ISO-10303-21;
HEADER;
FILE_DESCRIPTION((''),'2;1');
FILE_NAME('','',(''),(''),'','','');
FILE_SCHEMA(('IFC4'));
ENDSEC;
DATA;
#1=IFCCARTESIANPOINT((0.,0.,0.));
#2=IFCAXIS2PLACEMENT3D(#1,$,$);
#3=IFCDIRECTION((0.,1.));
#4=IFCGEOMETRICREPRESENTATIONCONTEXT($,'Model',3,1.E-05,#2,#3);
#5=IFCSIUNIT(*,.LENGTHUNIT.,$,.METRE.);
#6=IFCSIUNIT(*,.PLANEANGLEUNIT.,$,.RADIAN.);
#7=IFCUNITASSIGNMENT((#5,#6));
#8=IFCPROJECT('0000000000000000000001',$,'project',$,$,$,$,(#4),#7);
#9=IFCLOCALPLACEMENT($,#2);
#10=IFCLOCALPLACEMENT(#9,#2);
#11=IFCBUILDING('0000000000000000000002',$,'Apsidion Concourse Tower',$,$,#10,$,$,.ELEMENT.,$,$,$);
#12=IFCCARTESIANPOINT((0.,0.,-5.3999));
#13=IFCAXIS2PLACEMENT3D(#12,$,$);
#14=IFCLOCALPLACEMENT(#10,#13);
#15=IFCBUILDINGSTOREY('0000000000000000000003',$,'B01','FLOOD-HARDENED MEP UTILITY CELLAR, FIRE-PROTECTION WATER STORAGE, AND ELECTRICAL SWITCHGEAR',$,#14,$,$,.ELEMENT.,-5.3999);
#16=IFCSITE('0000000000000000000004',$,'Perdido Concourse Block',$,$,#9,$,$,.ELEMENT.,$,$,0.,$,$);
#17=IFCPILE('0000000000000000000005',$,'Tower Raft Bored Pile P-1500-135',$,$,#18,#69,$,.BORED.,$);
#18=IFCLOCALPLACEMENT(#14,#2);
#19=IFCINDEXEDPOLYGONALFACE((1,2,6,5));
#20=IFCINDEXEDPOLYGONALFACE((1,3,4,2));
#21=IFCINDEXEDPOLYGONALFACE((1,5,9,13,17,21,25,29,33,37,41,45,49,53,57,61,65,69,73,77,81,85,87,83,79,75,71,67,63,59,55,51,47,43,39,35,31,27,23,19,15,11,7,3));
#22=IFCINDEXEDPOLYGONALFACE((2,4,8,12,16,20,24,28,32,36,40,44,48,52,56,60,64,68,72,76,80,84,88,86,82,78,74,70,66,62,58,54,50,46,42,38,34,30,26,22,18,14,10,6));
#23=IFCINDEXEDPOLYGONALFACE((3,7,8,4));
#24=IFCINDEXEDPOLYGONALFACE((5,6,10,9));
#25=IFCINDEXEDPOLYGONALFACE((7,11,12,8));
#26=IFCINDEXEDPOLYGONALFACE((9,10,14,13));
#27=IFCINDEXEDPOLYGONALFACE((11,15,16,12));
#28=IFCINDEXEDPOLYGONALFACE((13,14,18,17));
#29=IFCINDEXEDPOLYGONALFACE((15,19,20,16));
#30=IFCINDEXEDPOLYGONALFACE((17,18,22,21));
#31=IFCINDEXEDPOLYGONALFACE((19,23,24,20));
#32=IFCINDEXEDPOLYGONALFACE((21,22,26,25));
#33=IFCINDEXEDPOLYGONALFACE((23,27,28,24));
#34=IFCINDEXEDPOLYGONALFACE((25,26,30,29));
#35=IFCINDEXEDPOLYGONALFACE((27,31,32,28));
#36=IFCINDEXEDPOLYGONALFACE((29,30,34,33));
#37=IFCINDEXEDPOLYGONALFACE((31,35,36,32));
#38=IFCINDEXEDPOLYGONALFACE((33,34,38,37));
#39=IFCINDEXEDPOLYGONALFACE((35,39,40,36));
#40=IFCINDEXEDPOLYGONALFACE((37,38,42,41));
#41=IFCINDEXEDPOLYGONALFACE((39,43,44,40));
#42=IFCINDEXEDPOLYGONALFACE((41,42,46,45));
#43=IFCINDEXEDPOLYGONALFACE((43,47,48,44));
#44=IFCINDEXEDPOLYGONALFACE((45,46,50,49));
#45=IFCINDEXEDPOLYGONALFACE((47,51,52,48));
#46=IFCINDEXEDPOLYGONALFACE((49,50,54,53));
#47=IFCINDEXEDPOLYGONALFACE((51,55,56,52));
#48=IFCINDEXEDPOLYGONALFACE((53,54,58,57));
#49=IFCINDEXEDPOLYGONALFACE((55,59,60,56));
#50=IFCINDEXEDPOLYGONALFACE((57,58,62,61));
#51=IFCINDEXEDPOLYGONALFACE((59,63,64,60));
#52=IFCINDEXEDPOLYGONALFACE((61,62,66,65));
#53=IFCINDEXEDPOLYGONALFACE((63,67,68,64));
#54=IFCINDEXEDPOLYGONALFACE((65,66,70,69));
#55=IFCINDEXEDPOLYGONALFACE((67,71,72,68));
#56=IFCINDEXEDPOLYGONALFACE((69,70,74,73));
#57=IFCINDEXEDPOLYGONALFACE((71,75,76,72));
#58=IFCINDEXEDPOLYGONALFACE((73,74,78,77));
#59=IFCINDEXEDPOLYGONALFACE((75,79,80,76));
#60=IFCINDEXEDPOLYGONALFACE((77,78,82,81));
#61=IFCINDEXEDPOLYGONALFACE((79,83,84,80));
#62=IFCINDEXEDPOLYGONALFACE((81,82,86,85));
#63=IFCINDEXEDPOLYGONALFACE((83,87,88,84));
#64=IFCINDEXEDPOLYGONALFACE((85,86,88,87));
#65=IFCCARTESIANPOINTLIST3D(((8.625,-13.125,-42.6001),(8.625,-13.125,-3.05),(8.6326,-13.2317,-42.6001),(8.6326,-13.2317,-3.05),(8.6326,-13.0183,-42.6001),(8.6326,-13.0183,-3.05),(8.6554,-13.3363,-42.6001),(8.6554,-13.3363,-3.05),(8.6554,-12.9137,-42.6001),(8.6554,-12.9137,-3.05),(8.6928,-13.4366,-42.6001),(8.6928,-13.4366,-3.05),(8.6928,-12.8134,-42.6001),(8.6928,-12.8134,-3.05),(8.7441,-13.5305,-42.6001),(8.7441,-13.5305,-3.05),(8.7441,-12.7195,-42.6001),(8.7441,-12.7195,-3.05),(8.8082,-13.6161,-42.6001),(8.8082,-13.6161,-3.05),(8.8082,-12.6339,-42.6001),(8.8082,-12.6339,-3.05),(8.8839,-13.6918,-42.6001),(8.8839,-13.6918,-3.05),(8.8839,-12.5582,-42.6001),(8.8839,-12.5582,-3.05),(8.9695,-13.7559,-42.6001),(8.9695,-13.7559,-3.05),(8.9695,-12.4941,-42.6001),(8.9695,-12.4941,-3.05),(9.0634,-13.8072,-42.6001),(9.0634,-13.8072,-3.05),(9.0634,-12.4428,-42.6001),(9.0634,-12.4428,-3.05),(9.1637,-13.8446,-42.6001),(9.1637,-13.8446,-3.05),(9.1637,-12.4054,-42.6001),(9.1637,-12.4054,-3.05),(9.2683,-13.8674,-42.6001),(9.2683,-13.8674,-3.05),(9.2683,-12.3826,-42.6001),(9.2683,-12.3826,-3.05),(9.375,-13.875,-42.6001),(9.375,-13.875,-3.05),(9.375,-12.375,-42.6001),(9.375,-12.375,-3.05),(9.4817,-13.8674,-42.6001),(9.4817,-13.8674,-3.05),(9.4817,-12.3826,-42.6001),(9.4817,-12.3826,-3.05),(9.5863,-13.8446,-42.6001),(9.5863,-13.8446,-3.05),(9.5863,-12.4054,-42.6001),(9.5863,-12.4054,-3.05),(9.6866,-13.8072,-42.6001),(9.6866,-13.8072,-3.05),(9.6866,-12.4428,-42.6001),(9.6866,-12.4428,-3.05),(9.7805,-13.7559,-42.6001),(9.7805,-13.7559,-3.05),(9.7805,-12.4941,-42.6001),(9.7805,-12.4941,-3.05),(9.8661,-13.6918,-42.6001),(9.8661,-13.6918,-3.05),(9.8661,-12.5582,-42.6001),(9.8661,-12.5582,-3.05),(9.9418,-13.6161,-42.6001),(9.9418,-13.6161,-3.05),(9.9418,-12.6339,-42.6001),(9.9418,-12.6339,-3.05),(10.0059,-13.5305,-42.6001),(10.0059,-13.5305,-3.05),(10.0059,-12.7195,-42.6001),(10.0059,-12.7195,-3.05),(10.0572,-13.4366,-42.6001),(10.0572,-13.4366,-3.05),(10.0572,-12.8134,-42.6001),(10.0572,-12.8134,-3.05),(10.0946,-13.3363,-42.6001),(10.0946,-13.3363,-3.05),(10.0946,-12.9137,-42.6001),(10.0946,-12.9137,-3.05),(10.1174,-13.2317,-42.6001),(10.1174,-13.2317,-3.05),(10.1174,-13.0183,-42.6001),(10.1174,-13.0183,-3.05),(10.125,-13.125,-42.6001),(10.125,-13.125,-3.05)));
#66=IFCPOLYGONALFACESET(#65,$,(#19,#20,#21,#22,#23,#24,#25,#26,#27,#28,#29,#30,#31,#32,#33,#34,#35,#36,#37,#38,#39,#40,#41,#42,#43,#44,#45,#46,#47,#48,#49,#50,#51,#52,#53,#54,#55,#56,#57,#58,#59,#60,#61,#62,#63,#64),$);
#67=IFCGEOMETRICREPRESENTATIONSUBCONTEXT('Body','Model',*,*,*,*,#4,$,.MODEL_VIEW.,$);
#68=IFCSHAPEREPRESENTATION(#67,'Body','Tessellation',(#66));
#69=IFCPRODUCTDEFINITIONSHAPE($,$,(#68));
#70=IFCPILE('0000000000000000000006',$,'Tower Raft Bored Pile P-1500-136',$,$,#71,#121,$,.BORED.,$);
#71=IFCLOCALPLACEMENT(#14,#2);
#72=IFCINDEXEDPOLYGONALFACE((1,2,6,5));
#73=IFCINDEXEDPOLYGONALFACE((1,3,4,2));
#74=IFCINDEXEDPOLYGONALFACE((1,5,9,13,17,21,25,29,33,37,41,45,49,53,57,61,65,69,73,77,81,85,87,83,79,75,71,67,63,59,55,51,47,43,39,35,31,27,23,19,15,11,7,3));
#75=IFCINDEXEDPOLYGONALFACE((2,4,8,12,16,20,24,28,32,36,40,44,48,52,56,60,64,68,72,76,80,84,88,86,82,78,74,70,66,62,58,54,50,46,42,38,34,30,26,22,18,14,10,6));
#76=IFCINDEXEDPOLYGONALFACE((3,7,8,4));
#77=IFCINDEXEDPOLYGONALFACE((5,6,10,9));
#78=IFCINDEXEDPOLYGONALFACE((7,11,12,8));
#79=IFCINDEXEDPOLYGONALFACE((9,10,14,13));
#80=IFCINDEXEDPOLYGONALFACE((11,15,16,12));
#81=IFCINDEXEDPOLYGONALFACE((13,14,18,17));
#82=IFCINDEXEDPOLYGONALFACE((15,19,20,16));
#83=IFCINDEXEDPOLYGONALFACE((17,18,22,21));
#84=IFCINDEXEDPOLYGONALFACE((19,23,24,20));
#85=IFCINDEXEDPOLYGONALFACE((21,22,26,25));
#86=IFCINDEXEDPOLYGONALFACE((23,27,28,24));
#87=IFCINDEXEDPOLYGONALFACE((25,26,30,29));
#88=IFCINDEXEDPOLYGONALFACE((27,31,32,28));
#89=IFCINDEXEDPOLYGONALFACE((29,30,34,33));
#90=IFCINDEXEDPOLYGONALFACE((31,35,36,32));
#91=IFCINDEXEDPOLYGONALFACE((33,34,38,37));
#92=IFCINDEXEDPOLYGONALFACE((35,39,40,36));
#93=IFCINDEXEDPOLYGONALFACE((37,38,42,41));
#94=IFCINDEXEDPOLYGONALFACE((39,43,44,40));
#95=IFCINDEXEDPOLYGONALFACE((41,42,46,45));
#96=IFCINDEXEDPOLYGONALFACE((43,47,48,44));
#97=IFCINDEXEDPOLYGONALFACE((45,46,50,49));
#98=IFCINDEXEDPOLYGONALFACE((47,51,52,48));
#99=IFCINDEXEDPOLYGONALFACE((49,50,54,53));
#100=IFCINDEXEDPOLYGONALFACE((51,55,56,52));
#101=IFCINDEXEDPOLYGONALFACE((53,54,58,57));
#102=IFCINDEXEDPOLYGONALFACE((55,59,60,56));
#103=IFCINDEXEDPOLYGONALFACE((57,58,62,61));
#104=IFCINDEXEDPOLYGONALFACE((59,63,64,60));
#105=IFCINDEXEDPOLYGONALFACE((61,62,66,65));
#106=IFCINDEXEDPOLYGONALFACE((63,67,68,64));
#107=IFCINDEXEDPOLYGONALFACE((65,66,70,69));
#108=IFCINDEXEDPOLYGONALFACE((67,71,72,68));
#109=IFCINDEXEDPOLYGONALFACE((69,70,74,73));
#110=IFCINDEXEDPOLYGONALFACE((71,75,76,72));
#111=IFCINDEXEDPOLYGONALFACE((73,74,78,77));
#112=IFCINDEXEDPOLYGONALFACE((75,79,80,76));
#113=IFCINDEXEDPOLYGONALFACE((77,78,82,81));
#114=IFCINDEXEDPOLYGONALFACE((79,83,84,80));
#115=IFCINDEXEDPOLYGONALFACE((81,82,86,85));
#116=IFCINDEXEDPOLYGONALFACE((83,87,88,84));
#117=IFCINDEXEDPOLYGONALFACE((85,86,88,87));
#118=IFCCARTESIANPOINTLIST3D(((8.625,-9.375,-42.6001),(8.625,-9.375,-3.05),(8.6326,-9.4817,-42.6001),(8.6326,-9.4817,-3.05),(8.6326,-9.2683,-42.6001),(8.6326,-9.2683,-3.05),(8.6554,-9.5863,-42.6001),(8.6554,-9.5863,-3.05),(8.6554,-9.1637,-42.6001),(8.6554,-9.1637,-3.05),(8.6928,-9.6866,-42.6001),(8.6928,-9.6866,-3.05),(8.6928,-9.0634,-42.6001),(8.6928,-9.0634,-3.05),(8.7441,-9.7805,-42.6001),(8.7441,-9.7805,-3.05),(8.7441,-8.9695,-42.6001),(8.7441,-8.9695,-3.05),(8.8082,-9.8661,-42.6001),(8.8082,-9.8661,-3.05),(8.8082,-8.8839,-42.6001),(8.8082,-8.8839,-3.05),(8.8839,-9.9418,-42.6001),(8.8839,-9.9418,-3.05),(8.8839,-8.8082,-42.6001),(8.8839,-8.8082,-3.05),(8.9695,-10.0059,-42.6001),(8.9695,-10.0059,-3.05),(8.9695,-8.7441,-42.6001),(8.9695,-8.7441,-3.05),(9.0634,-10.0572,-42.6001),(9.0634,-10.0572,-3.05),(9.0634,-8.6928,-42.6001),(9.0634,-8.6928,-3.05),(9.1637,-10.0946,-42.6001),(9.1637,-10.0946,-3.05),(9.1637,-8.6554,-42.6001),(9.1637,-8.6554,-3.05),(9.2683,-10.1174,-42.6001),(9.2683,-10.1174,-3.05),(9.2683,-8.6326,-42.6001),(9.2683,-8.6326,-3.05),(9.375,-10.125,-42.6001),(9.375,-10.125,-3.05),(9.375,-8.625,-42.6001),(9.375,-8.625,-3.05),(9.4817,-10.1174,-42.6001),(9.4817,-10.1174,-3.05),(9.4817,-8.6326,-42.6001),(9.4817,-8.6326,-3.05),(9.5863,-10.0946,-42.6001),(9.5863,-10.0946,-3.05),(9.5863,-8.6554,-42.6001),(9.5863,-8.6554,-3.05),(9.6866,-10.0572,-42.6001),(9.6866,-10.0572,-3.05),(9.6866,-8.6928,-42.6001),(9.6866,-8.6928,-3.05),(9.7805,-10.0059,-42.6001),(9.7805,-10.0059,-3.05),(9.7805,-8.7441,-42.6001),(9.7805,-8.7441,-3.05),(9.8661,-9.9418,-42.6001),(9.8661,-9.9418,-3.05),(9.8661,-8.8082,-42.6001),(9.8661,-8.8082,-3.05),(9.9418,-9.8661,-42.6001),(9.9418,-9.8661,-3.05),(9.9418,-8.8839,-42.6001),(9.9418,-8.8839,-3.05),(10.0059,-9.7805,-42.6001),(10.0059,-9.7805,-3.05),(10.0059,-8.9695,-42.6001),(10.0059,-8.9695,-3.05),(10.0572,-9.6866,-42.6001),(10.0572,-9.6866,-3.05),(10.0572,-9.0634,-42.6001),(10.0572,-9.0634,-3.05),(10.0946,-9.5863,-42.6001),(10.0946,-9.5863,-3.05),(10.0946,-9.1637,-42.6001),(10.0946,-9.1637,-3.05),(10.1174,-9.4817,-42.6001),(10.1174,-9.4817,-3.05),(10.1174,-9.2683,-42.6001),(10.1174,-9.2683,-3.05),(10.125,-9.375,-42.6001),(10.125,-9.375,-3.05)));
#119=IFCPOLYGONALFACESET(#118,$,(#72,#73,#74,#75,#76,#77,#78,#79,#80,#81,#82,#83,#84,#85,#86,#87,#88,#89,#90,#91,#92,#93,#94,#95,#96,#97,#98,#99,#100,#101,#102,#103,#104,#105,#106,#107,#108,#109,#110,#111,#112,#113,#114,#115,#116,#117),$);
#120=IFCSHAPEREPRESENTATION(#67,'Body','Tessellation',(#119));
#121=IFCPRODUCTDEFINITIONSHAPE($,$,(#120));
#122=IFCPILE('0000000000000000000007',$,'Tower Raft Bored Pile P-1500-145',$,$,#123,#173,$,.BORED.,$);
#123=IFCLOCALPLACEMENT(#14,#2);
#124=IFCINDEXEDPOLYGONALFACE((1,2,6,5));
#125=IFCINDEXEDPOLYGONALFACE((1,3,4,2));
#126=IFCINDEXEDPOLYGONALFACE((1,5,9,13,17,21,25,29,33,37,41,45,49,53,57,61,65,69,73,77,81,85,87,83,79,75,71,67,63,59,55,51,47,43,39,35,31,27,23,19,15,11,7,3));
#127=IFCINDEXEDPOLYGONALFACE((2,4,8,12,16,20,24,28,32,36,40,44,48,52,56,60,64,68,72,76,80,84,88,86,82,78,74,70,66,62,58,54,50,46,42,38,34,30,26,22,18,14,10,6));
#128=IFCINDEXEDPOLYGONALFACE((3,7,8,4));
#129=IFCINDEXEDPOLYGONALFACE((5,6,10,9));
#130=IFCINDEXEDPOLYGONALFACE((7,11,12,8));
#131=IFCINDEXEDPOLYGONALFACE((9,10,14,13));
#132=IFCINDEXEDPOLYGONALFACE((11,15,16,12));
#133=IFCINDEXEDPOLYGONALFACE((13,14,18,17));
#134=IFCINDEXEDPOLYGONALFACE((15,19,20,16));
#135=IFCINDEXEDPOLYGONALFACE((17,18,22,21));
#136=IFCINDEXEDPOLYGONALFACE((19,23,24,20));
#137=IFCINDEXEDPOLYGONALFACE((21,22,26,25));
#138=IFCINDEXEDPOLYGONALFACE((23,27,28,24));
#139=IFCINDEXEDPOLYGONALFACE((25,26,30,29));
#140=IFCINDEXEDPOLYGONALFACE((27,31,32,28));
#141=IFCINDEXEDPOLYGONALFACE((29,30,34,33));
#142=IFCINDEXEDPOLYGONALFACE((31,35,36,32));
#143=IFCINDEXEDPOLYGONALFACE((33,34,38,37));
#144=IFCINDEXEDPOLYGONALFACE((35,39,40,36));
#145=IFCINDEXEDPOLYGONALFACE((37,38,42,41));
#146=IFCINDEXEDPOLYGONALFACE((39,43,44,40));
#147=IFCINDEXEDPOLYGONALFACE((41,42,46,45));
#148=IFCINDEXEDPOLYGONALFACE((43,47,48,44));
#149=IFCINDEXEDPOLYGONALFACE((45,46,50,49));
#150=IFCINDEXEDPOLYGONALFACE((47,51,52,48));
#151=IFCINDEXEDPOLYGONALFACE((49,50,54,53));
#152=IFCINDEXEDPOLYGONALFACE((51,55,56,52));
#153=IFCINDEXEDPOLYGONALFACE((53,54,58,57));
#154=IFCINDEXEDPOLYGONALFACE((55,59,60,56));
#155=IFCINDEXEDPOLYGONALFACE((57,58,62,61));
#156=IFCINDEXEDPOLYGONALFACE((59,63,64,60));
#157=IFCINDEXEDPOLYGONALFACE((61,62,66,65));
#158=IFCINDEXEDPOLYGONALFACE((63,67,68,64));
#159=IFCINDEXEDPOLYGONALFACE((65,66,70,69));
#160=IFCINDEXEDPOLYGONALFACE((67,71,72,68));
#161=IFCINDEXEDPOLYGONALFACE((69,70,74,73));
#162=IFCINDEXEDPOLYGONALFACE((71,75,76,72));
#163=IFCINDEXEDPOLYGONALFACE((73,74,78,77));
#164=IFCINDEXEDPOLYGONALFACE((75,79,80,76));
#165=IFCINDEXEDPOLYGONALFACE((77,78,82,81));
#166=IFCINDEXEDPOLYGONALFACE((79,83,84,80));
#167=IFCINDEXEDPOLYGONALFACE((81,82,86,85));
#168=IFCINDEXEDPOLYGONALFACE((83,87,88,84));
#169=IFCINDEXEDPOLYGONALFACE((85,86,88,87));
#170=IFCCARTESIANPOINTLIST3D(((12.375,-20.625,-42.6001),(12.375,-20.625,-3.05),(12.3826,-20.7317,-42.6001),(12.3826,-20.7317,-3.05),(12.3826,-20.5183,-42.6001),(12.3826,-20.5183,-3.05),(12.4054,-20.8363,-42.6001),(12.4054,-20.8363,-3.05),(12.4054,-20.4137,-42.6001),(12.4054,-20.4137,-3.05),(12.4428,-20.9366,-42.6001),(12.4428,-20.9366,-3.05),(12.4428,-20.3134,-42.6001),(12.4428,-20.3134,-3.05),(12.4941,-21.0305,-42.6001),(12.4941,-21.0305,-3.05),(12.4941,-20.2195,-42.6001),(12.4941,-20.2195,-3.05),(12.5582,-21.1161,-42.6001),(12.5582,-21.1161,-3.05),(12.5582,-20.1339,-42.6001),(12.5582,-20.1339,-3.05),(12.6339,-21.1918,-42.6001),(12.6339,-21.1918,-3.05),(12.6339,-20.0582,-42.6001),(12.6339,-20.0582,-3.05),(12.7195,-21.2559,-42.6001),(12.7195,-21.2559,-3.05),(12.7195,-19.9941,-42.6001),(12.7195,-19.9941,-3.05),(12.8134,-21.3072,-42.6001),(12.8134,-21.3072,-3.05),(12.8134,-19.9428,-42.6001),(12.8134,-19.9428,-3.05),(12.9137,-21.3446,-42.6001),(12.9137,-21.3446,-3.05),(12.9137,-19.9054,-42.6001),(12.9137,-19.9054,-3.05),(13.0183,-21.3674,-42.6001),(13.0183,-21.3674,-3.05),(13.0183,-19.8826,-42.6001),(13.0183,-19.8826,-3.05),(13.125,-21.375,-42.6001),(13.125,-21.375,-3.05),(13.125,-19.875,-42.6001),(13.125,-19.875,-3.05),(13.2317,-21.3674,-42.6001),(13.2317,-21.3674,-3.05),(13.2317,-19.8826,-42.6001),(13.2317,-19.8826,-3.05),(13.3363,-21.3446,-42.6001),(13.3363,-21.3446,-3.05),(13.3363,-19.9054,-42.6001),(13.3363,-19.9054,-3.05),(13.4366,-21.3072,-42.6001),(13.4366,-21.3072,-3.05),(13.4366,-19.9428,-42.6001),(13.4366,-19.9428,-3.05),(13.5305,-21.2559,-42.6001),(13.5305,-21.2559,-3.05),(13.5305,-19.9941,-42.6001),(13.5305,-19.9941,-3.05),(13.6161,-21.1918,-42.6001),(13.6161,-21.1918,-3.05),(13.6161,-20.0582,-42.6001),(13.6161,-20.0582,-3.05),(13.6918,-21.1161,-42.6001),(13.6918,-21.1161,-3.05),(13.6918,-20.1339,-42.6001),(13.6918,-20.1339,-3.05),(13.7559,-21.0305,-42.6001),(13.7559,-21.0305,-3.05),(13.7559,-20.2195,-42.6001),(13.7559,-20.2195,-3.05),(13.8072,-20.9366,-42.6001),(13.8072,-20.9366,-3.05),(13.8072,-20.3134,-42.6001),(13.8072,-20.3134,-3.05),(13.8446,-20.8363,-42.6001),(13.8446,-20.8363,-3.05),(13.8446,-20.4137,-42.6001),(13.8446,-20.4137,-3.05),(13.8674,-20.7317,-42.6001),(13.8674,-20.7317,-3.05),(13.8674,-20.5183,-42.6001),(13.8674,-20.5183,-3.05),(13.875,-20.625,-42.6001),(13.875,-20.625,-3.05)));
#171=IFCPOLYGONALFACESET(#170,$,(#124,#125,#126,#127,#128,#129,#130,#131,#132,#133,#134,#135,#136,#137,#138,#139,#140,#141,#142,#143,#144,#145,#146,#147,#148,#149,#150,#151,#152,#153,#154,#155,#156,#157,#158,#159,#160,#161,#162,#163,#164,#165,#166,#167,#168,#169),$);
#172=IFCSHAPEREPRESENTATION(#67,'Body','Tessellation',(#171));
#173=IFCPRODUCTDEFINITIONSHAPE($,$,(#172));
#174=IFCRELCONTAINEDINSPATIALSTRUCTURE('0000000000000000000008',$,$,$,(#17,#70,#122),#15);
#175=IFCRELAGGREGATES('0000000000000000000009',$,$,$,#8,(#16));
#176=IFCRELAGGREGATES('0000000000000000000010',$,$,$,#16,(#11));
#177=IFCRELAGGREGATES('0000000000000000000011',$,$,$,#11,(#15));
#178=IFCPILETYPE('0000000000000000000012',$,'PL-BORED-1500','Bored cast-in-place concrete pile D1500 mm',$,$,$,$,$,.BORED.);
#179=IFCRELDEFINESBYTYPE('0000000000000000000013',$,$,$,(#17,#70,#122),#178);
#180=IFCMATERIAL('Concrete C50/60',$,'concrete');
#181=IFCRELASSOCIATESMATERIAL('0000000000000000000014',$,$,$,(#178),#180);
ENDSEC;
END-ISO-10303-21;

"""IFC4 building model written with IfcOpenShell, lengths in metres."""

from ifc_helpers import new_model, si_unit, direction, frame, origin, origin_2d, place, context, subcontext, project, spatial, circle, extrude, material, material_profile, profile_set, type_object, element, save


model = new_model("IFC4")

# Units and contexts
model_context = context("Model", 3, precision=1e-05, world=origin(), true_north=direction((0.0, 1.0)))
body_context = subcontext(model_context, "Body", "Model", "MODEL_VIEW")
ifc_project = project(units=[si_unit("LENGTHUNIT", "METRE"), si_unit("PLANEANGLEUNIT", "RADIAN")], contexts=[model_context])

# Site, building, storey
site_placement = place(None, origin())
site = spatial("IfcSite", under=ifc_project, at=site_placement, Name="Perdido Concourse Block", CompositionType="ELEMENT", RefElevation=0.0)
building_placement = place(site_placement, origin())
building = spatial("IfcBuilding", under=site, at=building_placement, Name="Apsidion Concourse Tower", CompositionType="ELEMENT")
storey_placement = place(building_placement, frame((0.0, 0.0, -5.3999)))
storey = spatial("IfcBuildingStorey", under=building, at=storey_placement, Name="B01", Description="FLOOD-HARDENED MEP UTILITY CELLAR, FIRE-PROTECTION WATER STORAGE, AND ELECTRICAL SWITCHGEAR", CompositionType="ELEMENT", Elevation=-5.3999)

# Shared definitions
ifc_material_1 = material(Name="Concrete C50/60", Category="concrete")

# Piles
ifc_material_profile_1 = material_profile(ifc_material_1, circle(Radius=0.75, at=origin_2d()), Name="BORED PILE D1500")
ifc_profile_set_1 = profile_set([ifc_material_profile_1], Name="Concrete C50/60")
pile_type_1 = type_object("IfcPileType", Name="PL-BORED-1500", Description="Bored cast-in-place concrete pile D1500 mm", PredefinedType="BORED", material=ifc_profile_set_1)
for number, where, z_axis, x_axis, name in (
    (1, (9.375, -13.125, -3.05), (0.0, 0.0, -1.0), (1.0, 0.0, 0.0), "Tower Raft Bored Pile P-1500-135"),
    (2, (9.375, -9.375, -3.05), (0.0, 0.0, -1.0), (1.0, 0.0, 0.0), "Tower Raft Bored Pile P-1500-136"),
    (3, (13.125, -20.625, -3.05), (0.0, 0.0, -1.0), (1.0, 0.0, 0.0), "Tower Raft Bored Pile P-1500-145"),
):
    element("IfcPile", number, at=place(storey_placement, frame(where, z_axis=z_axis, x_axis=x_axis)), inside=storey, type_object=pile_type_1, Name=name, PredefinedType="BORED", context=body_context, shape_type="SweptSolid", body=[
        extrude(circle(Radius=0.75, at=origin_2d()), origin(), (0.0, 0.0, 1.0), 39.55),
    ])

save(model, "model.ifc")
